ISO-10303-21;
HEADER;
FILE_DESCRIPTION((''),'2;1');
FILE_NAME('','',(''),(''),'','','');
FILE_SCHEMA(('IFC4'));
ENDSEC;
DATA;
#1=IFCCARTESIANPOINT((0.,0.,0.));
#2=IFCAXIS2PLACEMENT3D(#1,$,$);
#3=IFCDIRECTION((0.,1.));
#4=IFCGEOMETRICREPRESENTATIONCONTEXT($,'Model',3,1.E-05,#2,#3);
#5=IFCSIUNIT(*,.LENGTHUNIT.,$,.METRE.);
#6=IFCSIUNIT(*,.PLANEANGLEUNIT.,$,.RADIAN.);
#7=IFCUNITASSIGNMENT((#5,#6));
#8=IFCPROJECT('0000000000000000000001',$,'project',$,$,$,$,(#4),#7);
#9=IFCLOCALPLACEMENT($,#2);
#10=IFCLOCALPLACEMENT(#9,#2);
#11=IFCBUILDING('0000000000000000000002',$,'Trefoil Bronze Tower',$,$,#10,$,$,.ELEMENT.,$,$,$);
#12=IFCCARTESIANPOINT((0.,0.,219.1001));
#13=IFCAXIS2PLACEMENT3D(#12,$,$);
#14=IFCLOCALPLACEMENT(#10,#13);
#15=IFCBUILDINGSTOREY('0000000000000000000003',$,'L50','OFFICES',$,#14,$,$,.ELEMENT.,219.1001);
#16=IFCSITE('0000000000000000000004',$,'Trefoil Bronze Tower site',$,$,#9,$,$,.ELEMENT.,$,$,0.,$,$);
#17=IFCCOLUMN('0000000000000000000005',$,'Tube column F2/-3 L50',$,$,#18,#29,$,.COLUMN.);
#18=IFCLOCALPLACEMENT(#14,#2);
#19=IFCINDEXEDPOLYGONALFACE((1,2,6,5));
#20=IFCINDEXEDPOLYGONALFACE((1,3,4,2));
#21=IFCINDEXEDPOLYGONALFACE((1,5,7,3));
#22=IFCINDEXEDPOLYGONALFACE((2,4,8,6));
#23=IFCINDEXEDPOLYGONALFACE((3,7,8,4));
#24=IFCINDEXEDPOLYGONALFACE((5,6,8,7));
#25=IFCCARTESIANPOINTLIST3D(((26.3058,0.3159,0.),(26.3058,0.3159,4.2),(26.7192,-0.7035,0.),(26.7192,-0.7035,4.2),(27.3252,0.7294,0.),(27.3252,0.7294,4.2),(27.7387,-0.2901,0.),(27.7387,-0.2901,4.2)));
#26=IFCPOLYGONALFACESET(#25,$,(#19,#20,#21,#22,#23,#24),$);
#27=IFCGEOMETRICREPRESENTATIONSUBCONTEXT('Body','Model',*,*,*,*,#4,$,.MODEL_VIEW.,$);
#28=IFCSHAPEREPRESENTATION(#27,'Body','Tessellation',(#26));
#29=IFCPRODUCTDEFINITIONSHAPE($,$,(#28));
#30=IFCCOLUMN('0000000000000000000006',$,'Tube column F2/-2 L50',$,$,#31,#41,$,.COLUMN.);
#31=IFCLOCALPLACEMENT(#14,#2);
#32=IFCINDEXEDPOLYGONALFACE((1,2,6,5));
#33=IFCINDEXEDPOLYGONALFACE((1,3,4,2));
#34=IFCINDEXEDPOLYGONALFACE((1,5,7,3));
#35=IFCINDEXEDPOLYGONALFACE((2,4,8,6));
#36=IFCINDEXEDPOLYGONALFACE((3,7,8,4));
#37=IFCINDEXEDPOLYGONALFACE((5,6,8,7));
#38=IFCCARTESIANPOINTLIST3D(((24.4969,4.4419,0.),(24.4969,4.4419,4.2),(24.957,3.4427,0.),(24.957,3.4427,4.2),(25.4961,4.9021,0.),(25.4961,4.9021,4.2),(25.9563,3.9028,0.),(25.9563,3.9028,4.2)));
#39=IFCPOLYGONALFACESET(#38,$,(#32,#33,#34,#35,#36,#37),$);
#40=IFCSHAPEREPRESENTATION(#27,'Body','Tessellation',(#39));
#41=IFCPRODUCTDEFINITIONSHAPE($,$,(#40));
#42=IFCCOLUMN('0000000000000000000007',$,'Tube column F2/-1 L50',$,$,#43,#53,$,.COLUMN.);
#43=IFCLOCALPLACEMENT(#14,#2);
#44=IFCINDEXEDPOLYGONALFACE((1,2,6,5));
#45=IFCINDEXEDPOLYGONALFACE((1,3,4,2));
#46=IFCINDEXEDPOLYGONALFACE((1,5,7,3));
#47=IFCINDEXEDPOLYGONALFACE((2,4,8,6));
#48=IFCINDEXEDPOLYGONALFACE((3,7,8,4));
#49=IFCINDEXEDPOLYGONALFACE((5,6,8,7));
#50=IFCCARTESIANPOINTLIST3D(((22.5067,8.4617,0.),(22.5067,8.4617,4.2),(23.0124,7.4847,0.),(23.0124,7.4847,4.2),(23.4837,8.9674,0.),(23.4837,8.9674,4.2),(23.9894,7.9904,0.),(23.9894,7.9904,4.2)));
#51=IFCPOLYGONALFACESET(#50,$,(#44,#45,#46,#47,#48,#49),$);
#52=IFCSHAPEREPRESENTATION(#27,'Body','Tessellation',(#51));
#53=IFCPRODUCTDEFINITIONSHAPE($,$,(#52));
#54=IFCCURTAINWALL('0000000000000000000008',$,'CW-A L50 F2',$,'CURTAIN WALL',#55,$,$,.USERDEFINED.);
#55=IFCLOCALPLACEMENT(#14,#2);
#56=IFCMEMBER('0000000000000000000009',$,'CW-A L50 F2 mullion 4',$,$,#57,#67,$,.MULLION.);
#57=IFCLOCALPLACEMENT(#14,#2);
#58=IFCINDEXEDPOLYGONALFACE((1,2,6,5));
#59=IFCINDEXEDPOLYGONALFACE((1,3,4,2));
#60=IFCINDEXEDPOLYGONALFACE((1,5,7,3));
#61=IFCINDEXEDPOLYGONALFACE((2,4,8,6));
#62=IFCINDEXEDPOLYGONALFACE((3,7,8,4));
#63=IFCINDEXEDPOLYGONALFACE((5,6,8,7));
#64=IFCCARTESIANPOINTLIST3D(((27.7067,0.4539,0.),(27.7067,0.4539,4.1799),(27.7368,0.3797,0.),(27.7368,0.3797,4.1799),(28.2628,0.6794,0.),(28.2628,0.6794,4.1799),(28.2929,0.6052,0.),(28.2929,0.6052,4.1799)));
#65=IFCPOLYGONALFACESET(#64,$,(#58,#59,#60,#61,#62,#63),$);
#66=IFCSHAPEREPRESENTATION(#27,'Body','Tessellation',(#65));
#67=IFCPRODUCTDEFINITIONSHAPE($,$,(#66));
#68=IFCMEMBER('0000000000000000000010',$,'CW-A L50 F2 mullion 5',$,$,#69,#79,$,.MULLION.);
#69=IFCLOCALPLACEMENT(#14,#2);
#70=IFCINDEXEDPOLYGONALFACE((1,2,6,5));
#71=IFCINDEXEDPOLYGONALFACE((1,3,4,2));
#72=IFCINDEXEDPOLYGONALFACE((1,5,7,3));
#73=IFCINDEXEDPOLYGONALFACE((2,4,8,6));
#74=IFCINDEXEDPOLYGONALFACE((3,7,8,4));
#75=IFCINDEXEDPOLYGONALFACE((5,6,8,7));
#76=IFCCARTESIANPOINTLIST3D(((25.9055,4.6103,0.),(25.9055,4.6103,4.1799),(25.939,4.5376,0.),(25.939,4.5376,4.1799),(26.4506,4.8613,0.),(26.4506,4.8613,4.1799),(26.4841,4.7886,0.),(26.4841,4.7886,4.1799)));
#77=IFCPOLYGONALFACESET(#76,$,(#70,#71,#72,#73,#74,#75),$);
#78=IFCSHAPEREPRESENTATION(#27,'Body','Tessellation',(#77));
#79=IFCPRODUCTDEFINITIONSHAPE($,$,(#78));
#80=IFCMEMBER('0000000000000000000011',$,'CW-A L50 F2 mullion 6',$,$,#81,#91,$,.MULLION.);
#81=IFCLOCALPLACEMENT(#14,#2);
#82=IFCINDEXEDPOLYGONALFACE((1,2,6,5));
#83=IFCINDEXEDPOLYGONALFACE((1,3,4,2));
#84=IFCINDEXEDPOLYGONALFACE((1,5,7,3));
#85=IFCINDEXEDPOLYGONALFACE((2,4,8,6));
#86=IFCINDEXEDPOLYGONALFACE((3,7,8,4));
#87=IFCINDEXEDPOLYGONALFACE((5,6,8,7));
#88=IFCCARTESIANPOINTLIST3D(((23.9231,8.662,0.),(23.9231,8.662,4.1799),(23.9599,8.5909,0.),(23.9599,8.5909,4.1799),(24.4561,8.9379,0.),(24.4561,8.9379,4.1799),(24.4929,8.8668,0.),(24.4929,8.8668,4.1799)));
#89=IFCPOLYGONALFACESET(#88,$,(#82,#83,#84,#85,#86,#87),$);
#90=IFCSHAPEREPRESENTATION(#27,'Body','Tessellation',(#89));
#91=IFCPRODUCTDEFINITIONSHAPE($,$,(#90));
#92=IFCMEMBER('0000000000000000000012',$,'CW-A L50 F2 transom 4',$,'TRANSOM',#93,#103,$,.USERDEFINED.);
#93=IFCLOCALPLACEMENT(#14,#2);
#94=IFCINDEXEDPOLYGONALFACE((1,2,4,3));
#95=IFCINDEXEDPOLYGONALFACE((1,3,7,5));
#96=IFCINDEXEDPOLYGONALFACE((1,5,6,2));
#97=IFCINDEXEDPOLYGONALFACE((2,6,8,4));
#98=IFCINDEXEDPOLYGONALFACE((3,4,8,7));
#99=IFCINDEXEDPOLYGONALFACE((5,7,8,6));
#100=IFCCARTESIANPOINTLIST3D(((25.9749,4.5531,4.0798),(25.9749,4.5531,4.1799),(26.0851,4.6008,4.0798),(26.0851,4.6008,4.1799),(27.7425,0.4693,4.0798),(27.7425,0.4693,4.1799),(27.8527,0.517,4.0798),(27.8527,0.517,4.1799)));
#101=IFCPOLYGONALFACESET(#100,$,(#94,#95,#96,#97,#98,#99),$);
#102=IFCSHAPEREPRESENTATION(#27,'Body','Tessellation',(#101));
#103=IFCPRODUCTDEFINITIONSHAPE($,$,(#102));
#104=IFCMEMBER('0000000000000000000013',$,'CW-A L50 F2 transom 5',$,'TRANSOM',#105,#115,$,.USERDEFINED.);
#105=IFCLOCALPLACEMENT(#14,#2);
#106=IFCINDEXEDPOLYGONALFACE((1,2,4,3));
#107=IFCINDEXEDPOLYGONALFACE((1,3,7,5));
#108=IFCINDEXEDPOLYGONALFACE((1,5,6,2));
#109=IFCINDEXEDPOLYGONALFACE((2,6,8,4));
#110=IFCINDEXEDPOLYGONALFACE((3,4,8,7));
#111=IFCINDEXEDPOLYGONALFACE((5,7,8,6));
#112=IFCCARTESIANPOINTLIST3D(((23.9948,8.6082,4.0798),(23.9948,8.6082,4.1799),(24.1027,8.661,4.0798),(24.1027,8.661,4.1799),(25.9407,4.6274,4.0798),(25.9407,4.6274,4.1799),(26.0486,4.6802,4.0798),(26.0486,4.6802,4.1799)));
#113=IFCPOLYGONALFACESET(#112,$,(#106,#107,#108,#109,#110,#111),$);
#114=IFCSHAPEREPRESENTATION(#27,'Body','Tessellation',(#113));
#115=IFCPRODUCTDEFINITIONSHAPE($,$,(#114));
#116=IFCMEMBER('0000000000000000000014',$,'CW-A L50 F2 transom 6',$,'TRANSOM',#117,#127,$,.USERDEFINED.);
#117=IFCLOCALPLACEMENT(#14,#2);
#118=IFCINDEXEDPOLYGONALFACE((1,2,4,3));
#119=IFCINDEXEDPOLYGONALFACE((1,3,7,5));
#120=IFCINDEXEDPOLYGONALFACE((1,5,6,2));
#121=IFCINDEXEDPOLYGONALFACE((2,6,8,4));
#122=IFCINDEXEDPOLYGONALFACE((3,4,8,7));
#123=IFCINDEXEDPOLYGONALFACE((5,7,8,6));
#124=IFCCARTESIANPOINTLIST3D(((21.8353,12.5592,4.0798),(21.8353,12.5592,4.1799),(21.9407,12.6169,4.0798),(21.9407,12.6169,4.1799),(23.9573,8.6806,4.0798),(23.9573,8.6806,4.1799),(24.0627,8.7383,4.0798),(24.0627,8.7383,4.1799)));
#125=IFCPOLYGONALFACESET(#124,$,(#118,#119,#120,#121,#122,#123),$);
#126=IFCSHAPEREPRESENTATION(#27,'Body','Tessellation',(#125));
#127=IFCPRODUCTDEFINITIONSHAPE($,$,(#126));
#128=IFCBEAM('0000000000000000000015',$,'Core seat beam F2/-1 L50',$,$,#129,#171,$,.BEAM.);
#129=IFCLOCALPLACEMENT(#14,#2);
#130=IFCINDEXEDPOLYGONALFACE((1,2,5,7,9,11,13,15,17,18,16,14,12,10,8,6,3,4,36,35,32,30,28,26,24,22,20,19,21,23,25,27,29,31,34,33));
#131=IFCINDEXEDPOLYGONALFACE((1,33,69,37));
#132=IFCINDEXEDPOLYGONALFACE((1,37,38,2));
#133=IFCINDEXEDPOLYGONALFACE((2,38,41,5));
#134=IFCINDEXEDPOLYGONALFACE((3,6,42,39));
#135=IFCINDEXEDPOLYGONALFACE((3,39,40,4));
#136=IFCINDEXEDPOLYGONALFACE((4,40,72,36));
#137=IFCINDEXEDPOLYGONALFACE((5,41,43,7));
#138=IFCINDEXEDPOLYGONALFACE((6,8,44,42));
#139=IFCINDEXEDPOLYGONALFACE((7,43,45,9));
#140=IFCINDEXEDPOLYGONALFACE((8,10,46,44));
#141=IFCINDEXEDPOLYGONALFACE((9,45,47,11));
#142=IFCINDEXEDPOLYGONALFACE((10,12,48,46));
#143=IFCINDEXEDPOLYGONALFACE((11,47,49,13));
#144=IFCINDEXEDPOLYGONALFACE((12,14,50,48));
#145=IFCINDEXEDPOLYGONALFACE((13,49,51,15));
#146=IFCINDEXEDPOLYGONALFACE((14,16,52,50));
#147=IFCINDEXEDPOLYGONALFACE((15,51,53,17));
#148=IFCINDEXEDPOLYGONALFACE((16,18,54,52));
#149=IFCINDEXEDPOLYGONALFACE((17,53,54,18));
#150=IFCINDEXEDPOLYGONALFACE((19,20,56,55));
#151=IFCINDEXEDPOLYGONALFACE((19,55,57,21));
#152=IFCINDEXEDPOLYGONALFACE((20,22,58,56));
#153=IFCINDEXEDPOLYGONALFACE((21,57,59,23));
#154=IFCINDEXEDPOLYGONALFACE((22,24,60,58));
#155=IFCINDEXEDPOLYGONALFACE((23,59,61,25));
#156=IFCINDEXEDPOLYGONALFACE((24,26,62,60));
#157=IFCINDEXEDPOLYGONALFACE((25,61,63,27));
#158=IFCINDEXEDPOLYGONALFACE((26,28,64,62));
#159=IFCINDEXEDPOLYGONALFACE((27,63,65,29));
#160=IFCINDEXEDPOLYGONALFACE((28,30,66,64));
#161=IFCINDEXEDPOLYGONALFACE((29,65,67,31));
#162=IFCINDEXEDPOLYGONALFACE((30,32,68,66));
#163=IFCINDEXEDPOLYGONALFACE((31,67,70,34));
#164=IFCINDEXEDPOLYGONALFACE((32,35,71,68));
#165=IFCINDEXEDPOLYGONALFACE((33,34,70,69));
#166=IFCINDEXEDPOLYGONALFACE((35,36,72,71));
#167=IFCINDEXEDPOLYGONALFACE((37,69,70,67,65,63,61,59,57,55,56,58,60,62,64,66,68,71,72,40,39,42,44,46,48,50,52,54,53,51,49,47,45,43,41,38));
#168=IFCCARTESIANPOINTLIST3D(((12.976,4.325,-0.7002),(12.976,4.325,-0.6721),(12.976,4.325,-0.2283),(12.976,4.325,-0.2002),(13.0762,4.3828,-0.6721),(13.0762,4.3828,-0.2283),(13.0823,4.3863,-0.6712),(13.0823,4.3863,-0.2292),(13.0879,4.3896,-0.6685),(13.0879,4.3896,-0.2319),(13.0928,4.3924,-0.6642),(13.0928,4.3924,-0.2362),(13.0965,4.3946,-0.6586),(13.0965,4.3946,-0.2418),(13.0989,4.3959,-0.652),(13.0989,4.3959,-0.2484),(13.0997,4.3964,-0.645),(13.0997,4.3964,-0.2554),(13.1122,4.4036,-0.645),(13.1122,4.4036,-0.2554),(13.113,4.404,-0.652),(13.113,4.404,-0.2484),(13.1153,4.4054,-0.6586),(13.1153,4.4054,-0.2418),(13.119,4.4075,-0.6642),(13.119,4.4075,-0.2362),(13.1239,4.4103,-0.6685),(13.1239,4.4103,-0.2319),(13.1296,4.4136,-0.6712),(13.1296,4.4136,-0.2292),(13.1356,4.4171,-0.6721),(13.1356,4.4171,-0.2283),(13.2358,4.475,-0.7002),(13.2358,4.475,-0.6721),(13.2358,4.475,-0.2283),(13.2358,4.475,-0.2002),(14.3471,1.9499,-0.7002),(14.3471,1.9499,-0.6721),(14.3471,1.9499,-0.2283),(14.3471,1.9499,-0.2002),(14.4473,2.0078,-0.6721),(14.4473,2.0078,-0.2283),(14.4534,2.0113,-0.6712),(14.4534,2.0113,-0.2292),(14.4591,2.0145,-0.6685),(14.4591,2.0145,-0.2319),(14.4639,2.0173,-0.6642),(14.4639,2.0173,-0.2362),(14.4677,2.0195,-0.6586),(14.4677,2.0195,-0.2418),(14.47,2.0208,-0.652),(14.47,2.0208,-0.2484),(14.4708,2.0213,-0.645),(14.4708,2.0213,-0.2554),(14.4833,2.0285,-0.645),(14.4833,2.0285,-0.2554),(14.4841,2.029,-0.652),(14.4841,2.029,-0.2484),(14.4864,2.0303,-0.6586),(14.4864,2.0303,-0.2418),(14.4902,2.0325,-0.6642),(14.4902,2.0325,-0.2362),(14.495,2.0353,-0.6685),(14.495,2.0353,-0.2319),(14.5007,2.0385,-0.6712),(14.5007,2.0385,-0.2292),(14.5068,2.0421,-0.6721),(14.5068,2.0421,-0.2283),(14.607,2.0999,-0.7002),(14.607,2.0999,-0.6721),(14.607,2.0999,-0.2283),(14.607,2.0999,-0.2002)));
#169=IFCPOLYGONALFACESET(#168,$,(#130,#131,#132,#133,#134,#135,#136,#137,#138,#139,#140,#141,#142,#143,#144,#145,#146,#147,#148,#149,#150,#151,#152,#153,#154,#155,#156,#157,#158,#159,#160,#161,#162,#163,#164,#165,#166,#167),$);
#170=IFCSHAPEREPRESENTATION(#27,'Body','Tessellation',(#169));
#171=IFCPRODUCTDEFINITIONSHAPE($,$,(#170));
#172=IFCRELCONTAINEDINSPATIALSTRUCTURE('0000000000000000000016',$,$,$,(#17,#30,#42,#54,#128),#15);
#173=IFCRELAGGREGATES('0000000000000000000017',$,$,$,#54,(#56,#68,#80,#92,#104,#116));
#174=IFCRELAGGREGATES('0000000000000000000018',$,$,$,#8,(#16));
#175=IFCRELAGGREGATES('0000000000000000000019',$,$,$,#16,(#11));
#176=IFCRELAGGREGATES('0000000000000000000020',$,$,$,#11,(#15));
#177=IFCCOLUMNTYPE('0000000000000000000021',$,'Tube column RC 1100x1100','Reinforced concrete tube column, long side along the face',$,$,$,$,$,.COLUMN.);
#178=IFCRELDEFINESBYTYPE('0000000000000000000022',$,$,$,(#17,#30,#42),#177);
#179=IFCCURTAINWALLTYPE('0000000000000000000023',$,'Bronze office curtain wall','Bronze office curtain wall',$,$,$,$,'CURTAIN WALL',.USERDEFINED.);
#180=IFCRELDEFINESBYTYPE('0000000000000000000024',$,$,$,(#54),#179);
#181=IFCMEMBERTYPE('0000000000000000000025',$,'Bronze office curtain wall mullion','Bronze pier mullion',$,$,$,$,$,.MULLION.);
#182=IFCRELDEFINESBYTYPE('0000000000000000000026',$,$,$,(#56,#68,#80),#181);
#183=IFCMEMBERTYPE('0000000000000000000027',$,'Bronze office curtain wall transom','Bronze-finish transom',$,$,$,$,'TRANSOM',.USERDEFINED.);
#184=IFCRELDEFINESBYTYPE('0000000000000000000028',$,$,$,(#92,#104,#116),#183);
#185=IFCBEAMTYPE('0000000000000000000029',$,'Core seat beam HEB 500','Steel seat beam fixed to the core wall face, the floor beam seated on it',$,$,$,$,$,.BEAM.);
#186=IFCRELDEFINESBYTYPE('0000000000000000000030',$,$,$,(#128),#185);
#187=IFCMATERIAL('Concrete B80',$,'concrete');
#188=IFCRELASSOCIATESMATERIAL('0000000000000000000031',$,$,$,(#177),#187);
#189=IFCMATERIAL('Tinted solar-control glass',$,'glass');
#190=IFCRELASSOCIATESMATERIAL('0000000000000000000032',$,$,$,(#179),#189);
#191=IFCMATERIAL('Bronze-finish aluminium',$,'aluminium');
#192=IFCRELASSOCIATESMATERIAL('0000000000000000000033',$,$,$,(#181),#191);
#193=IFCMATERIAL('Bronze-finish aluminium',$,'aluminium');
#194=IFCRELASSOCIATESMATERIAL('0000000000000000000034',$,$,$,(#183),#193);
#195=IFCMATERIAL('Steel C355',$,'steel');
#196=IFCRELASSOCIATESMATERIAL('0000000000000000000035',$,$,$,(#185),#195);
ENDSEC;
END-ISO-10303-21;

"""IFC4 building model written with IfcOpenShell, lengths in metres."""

from ifc_helpers import new_model, si_unit, direction, frame, origin, origin_2d, place, context, subcontext, project, spatial, rectangle, i_section, extrude, material, material_profile, profile_set, type_object, element, aggregate, save


model = new_model("IFC4")

# Units and contexts
model_context = context("Model", 3, precision=1e-05, world=origin(), true_north=direction((0.0, 1.0)))
body_context = subcontext(model_context, "Body", "Model", "MODEL_VIEW")
ifc_project = project(units=[si_unit("LENGTHUNIT", "METRE"), si_unit("PLANEANGLEUNIT", "RADIAN")], contexts=[model_context])

# Site, building, storey
site_placement = place(None, origin())
site = spatial("IfcSite", under=ifc_project, at=site_placement, Name="Trefoil Bronze Tower site", CompositionType="ELEMENT", RefElevation=0.0)
building_placement = place(site_placement, origin())
building = spatial("IfcBuilding", under=site, at=building_placement, Name="Trefoil Bronze Tower", CompositionType="ELEMENT")
storey_placement = place(building_placement, frame((0.0, 0.0, 219.1001)))
storey = spatial("IfcBuildingStorey", under=building, at=storey_placement, Name="L50", Description="OFFICES", CompositionType="ELEMENT", Elevation=219.1001)

# Columns
ifc_material_1 = material(Name="Concrete B80", Category="concrete")
ifc_material_profile_1 = material_profile(ifc_material_1, rectangle(XDim=1.1001, YDim=1.1001, at=origin_2d()), Name="RC 1100x1100")
ifc_profile_set_1 = profile_set([ifc_material_profile_1], Name="Concrete B80")
column_type = type_object("IfcColumnType", Name="Tube column RC 1100x1100", Description="Reinforced concrete tube column, long side along the face", PredefinedType="COLUMN", material=ifc_profile_set_1)
for number, where, z_axis, x_axis, name in (
    (1, (27.0222, 0.0129, 0.0), (0.0, 0.0, 1.0), (-0.375828, 0.926689, 0.0), "Tube column F2/-3 L50"),
    (2, (25.2266, 4.1724, 0.0), (0.0, 0.0, 1.0), (-0.418286, 0.908315, 0.0), "Tube column F2/-2 L50"),
    (3, (23.248, 8.2261, 0.0), (0.0, 0.0, 1.0), (-0.459673, 0.888088, 0.0), "Tube column F2/-1 L50"),
):
    element("IfcColumn", number, at=place(storey_placement, frame(where, z_axis=z_axis, x_axis=x_axis)), inside=storey, type_object=column_type, Name=name, PredefinedType="COLUMN", context=body_context, shape_type="SweptSolid", body=[
        extrude(rectangle(XDim=1.1001, YDim=1.1001, at=origin_2d()), origin(), (0.0, 0.0, 1.0), 4.2),
    ])

# Curtain wall, members
ifc_material_2 = material(Name="Tinted solar-control glass", Category="glass")
curtain_wall_type = type_object("IfcCurtainWallType", Name="Bronze office curtain wall", Description="Bronze office curtain wall", ElementType="CURTAIN WALL", PredefinedType="USERDEFINED", material=ifc_material_2)
curtain_wall_placement = place(storey_placement, origin())
curtain_wall = element("IfcCurtainWall", 4, at=curtain_wall_placement, inside=storey, type_object=curtain_wall_type, Name="CW-A L50 F2", ObjectType="CURTAIN WALL", PredefinedType="USERDEFINED")
ifc_material_3 = material(Name="Bronze-finish aluminium", Category="aluminium")
ifc_material_profile_2 = material_profile(ifc_material_3, rectangle(XDim=0.6001, YDim=0.0801, at=origin_2d()), Name="CW-A mullion")
ifc_profile_set_2 = profile_set([ifc_material_profile_2], Name="Bronze-finish aluminium")
member_type_1 = type_object("IfcMemberType", Name="Bronze office curtain wall mullion", Description="Bronze pier mullion", PredefinedType="MULLION", material=ifc_profile_set_2)
member_1_placement = place(storey_placement, frame((27.9998, 0.5295, 0.0), z_axis=(0.0, 0.0, 1.0), x_axis=(-0.926689, -0.375828, 0.0)))
member_1 = element("IfcMember", 5, at=member_1_placement, type_object=member_type_1, Name="CW-A L50 F2 mullion 4", PredefinedType="MULLION", context=body_context, shape_type="SweptSolid", body=[
    extrude(rectangle(XDim=0.6001, YDim=0.0801, at=origin_2d()), origin(), (0.0, 0.0, 1.0), 4.1799),
])
member_2_placement = place(storey_placement, frame((26.1948, 4.6995, 0.0), z_axis=(0.0, 0.0, 1.0), x_axis=(-0.908315, -0.418286, 0.0)))
member_2 = element("IfcMember", 6, at=member_2_placement, type_object=member_type_1, Name="CW-A L50 F2 mullion 5", PredefinedType="MULLION", context=body_context, shape_type="SweptSolid", body=[
    extrude(rectangle(XDim=0.6001, YDim=0.0801, at=origin_2d()), origin(), (0.0, 0.0, 1.0), 4.1799),
])
member_3_placement = place(storey_placement, frame((24.208, 8.7644, 0.0), z_axis=(0.0, 0.0, 1.0), x_axis=(-0.888088, -0.459673, 0.0)))
member_3 = element("IfcMember", 7, at=member_3_placement, type_object=member_type_1, Name="CW-A L50 F2 mullion 6", PredefinedType="MULLION", context=body_context, shape_type="SweptSolid", body=[
    extrude(rectangle(XDim=0.6001, YDim=0.0801, at=origin_2d()), origin(), (0.0, 0.0, 1.0), 4.1799),
])
ifc_material_4 = material(Name="Bronze-finish aluminium", Category="aluminium")
ifc_material_profile_3 = material_profile(ifc_material_4, rectangle(XDim=0.1201, YDim=0.1001, at=origin_2d()), Name="CW-A transom")
ifc_profile_set_3 = profile_set([ifc_material_profile_3], Name="Bronze-finish aluminium")
member_type_2 = type_object("IfcMemberType", Name="Bronze office curtain wall transom", Description="Bronze-finish transom", ElementType="TRANSOM", PredefinedType="USERDEFINED", material=ifc_profile_set_3)
member_4_placement = place(storey_placement, frame((27.7976, 0.4932, 4.1299), z_axis=(-0.397221, 0.917723, 0.0), x_axis=(-0.917723, -0.397221, 0.0)))
member_4 = element("IfcMember", 8, at=member_4_placement, type_object=member_type_2, Name="CW-A L50 F2 transom 4", ObjectType="TRANSOM", PredefinedType="USERDEFINED", context=body_context, shape_type="SweptSolid", body=[
    extrude(rectangle(XDim=0.1201, YDim=0.1001, at=origin_2d()), origin(), (0.0, 0.0, 1.0), 4.45),
])
member_5_placement = place(storey_placement, frame((25.9946, 4.6538, 4.1299), z_axis=(-0.439151, 0.898413, 0.0), x_axis=(-0.898413, -0.439151, 0.0)))
member_5 = element("IfcMember", 9, at=member_5_placement, type_object=member_type_2, Name="CW-A L50 F2 transom 5", ObjectType="TRANSOM", PredefinedType="USERDEFINED", context=body_context, shape_type="SweptSolid", body=[
    extrude(rectangle(XDim=0.1201, YDim=0.1001, at=origin_2d()), origin(), (0.0, 0.0, 1.0), 4.4309),
])
member_6_placement = place(storey_placement, frame((24.01, 8.7095, 4.1299), z_axis=(-0.479974, 0.877283, 0.0), x_axis=(-0.877283, -0.479974, 0.0)))
member_6 = element("IfcMember", 10, at=member_6_placement, type_object=member_type_2, Name="CW-A L50 F2 transom 6", ObjectType="TRANSOM", PredefinedType="USERDEFINED", context=body_context, shape_type="SweptSolid", body=[
    extrude(rectangle(XDim=0.1201, YDim=0.1001, at=origin_2d()), origin(), (0.0, 0.0, 1.0), 4.4211),
])

# Beam
ifc_material_5 = material(Name="Steel C355", Category="steel")
ifc_material_profile_4 = material_profile(ifc_material_5, i_section(OverallWidth=0.3, OverallDepth=0.5, WebThickness=0.0144, FlangeThickness=0.0281, FilletRadius=0.0271, at=origin_2d()), Name="HEB 500")
ifc_profile_set_4 = profile_set([ifc_material_profile_4], Name="Steel C355")
beam_type_1 = type_object("IfcBeamType", Name="Core seat beam HEB 500", Description="Steel seat beam fixed to the core wall face, the floor beam seated on it", PredefinedType="BEAM", material=ifc_profile_set_4)
for number, where, z_axis, x_axis, name in (
    (11, (14.4771, 2.0249, -0.4502), (-0.499969, 0.866043, 0.0), (-0.866043, -0.499969, 0.0), "Core seat beam F2/-1 L50"),
):
    element("IfcBeam", number, at=place(storey_placement, frame(where, z_axis=z_axis, x_axis=x_axis)), inside=storey, type_object=beam_type_1, Name=name, PredefinedType="BEAM", context=body_context, shape_type="SweptSolid", body=[
        extrude(i_section(OverallWidth=0.3, OverallDepth=0.5, WebThickness=0.0144, FlangeThickness=0.0281, FilletRadius=0.0271, at=origin_2d()), origin(), (0.0, 0.0, 1.0), 2.7424),
    ])

aggregate(curtain_wall, [member_1, member_2, member_3, member_4, member_5, member_6])

save(model, "model.ifc")
